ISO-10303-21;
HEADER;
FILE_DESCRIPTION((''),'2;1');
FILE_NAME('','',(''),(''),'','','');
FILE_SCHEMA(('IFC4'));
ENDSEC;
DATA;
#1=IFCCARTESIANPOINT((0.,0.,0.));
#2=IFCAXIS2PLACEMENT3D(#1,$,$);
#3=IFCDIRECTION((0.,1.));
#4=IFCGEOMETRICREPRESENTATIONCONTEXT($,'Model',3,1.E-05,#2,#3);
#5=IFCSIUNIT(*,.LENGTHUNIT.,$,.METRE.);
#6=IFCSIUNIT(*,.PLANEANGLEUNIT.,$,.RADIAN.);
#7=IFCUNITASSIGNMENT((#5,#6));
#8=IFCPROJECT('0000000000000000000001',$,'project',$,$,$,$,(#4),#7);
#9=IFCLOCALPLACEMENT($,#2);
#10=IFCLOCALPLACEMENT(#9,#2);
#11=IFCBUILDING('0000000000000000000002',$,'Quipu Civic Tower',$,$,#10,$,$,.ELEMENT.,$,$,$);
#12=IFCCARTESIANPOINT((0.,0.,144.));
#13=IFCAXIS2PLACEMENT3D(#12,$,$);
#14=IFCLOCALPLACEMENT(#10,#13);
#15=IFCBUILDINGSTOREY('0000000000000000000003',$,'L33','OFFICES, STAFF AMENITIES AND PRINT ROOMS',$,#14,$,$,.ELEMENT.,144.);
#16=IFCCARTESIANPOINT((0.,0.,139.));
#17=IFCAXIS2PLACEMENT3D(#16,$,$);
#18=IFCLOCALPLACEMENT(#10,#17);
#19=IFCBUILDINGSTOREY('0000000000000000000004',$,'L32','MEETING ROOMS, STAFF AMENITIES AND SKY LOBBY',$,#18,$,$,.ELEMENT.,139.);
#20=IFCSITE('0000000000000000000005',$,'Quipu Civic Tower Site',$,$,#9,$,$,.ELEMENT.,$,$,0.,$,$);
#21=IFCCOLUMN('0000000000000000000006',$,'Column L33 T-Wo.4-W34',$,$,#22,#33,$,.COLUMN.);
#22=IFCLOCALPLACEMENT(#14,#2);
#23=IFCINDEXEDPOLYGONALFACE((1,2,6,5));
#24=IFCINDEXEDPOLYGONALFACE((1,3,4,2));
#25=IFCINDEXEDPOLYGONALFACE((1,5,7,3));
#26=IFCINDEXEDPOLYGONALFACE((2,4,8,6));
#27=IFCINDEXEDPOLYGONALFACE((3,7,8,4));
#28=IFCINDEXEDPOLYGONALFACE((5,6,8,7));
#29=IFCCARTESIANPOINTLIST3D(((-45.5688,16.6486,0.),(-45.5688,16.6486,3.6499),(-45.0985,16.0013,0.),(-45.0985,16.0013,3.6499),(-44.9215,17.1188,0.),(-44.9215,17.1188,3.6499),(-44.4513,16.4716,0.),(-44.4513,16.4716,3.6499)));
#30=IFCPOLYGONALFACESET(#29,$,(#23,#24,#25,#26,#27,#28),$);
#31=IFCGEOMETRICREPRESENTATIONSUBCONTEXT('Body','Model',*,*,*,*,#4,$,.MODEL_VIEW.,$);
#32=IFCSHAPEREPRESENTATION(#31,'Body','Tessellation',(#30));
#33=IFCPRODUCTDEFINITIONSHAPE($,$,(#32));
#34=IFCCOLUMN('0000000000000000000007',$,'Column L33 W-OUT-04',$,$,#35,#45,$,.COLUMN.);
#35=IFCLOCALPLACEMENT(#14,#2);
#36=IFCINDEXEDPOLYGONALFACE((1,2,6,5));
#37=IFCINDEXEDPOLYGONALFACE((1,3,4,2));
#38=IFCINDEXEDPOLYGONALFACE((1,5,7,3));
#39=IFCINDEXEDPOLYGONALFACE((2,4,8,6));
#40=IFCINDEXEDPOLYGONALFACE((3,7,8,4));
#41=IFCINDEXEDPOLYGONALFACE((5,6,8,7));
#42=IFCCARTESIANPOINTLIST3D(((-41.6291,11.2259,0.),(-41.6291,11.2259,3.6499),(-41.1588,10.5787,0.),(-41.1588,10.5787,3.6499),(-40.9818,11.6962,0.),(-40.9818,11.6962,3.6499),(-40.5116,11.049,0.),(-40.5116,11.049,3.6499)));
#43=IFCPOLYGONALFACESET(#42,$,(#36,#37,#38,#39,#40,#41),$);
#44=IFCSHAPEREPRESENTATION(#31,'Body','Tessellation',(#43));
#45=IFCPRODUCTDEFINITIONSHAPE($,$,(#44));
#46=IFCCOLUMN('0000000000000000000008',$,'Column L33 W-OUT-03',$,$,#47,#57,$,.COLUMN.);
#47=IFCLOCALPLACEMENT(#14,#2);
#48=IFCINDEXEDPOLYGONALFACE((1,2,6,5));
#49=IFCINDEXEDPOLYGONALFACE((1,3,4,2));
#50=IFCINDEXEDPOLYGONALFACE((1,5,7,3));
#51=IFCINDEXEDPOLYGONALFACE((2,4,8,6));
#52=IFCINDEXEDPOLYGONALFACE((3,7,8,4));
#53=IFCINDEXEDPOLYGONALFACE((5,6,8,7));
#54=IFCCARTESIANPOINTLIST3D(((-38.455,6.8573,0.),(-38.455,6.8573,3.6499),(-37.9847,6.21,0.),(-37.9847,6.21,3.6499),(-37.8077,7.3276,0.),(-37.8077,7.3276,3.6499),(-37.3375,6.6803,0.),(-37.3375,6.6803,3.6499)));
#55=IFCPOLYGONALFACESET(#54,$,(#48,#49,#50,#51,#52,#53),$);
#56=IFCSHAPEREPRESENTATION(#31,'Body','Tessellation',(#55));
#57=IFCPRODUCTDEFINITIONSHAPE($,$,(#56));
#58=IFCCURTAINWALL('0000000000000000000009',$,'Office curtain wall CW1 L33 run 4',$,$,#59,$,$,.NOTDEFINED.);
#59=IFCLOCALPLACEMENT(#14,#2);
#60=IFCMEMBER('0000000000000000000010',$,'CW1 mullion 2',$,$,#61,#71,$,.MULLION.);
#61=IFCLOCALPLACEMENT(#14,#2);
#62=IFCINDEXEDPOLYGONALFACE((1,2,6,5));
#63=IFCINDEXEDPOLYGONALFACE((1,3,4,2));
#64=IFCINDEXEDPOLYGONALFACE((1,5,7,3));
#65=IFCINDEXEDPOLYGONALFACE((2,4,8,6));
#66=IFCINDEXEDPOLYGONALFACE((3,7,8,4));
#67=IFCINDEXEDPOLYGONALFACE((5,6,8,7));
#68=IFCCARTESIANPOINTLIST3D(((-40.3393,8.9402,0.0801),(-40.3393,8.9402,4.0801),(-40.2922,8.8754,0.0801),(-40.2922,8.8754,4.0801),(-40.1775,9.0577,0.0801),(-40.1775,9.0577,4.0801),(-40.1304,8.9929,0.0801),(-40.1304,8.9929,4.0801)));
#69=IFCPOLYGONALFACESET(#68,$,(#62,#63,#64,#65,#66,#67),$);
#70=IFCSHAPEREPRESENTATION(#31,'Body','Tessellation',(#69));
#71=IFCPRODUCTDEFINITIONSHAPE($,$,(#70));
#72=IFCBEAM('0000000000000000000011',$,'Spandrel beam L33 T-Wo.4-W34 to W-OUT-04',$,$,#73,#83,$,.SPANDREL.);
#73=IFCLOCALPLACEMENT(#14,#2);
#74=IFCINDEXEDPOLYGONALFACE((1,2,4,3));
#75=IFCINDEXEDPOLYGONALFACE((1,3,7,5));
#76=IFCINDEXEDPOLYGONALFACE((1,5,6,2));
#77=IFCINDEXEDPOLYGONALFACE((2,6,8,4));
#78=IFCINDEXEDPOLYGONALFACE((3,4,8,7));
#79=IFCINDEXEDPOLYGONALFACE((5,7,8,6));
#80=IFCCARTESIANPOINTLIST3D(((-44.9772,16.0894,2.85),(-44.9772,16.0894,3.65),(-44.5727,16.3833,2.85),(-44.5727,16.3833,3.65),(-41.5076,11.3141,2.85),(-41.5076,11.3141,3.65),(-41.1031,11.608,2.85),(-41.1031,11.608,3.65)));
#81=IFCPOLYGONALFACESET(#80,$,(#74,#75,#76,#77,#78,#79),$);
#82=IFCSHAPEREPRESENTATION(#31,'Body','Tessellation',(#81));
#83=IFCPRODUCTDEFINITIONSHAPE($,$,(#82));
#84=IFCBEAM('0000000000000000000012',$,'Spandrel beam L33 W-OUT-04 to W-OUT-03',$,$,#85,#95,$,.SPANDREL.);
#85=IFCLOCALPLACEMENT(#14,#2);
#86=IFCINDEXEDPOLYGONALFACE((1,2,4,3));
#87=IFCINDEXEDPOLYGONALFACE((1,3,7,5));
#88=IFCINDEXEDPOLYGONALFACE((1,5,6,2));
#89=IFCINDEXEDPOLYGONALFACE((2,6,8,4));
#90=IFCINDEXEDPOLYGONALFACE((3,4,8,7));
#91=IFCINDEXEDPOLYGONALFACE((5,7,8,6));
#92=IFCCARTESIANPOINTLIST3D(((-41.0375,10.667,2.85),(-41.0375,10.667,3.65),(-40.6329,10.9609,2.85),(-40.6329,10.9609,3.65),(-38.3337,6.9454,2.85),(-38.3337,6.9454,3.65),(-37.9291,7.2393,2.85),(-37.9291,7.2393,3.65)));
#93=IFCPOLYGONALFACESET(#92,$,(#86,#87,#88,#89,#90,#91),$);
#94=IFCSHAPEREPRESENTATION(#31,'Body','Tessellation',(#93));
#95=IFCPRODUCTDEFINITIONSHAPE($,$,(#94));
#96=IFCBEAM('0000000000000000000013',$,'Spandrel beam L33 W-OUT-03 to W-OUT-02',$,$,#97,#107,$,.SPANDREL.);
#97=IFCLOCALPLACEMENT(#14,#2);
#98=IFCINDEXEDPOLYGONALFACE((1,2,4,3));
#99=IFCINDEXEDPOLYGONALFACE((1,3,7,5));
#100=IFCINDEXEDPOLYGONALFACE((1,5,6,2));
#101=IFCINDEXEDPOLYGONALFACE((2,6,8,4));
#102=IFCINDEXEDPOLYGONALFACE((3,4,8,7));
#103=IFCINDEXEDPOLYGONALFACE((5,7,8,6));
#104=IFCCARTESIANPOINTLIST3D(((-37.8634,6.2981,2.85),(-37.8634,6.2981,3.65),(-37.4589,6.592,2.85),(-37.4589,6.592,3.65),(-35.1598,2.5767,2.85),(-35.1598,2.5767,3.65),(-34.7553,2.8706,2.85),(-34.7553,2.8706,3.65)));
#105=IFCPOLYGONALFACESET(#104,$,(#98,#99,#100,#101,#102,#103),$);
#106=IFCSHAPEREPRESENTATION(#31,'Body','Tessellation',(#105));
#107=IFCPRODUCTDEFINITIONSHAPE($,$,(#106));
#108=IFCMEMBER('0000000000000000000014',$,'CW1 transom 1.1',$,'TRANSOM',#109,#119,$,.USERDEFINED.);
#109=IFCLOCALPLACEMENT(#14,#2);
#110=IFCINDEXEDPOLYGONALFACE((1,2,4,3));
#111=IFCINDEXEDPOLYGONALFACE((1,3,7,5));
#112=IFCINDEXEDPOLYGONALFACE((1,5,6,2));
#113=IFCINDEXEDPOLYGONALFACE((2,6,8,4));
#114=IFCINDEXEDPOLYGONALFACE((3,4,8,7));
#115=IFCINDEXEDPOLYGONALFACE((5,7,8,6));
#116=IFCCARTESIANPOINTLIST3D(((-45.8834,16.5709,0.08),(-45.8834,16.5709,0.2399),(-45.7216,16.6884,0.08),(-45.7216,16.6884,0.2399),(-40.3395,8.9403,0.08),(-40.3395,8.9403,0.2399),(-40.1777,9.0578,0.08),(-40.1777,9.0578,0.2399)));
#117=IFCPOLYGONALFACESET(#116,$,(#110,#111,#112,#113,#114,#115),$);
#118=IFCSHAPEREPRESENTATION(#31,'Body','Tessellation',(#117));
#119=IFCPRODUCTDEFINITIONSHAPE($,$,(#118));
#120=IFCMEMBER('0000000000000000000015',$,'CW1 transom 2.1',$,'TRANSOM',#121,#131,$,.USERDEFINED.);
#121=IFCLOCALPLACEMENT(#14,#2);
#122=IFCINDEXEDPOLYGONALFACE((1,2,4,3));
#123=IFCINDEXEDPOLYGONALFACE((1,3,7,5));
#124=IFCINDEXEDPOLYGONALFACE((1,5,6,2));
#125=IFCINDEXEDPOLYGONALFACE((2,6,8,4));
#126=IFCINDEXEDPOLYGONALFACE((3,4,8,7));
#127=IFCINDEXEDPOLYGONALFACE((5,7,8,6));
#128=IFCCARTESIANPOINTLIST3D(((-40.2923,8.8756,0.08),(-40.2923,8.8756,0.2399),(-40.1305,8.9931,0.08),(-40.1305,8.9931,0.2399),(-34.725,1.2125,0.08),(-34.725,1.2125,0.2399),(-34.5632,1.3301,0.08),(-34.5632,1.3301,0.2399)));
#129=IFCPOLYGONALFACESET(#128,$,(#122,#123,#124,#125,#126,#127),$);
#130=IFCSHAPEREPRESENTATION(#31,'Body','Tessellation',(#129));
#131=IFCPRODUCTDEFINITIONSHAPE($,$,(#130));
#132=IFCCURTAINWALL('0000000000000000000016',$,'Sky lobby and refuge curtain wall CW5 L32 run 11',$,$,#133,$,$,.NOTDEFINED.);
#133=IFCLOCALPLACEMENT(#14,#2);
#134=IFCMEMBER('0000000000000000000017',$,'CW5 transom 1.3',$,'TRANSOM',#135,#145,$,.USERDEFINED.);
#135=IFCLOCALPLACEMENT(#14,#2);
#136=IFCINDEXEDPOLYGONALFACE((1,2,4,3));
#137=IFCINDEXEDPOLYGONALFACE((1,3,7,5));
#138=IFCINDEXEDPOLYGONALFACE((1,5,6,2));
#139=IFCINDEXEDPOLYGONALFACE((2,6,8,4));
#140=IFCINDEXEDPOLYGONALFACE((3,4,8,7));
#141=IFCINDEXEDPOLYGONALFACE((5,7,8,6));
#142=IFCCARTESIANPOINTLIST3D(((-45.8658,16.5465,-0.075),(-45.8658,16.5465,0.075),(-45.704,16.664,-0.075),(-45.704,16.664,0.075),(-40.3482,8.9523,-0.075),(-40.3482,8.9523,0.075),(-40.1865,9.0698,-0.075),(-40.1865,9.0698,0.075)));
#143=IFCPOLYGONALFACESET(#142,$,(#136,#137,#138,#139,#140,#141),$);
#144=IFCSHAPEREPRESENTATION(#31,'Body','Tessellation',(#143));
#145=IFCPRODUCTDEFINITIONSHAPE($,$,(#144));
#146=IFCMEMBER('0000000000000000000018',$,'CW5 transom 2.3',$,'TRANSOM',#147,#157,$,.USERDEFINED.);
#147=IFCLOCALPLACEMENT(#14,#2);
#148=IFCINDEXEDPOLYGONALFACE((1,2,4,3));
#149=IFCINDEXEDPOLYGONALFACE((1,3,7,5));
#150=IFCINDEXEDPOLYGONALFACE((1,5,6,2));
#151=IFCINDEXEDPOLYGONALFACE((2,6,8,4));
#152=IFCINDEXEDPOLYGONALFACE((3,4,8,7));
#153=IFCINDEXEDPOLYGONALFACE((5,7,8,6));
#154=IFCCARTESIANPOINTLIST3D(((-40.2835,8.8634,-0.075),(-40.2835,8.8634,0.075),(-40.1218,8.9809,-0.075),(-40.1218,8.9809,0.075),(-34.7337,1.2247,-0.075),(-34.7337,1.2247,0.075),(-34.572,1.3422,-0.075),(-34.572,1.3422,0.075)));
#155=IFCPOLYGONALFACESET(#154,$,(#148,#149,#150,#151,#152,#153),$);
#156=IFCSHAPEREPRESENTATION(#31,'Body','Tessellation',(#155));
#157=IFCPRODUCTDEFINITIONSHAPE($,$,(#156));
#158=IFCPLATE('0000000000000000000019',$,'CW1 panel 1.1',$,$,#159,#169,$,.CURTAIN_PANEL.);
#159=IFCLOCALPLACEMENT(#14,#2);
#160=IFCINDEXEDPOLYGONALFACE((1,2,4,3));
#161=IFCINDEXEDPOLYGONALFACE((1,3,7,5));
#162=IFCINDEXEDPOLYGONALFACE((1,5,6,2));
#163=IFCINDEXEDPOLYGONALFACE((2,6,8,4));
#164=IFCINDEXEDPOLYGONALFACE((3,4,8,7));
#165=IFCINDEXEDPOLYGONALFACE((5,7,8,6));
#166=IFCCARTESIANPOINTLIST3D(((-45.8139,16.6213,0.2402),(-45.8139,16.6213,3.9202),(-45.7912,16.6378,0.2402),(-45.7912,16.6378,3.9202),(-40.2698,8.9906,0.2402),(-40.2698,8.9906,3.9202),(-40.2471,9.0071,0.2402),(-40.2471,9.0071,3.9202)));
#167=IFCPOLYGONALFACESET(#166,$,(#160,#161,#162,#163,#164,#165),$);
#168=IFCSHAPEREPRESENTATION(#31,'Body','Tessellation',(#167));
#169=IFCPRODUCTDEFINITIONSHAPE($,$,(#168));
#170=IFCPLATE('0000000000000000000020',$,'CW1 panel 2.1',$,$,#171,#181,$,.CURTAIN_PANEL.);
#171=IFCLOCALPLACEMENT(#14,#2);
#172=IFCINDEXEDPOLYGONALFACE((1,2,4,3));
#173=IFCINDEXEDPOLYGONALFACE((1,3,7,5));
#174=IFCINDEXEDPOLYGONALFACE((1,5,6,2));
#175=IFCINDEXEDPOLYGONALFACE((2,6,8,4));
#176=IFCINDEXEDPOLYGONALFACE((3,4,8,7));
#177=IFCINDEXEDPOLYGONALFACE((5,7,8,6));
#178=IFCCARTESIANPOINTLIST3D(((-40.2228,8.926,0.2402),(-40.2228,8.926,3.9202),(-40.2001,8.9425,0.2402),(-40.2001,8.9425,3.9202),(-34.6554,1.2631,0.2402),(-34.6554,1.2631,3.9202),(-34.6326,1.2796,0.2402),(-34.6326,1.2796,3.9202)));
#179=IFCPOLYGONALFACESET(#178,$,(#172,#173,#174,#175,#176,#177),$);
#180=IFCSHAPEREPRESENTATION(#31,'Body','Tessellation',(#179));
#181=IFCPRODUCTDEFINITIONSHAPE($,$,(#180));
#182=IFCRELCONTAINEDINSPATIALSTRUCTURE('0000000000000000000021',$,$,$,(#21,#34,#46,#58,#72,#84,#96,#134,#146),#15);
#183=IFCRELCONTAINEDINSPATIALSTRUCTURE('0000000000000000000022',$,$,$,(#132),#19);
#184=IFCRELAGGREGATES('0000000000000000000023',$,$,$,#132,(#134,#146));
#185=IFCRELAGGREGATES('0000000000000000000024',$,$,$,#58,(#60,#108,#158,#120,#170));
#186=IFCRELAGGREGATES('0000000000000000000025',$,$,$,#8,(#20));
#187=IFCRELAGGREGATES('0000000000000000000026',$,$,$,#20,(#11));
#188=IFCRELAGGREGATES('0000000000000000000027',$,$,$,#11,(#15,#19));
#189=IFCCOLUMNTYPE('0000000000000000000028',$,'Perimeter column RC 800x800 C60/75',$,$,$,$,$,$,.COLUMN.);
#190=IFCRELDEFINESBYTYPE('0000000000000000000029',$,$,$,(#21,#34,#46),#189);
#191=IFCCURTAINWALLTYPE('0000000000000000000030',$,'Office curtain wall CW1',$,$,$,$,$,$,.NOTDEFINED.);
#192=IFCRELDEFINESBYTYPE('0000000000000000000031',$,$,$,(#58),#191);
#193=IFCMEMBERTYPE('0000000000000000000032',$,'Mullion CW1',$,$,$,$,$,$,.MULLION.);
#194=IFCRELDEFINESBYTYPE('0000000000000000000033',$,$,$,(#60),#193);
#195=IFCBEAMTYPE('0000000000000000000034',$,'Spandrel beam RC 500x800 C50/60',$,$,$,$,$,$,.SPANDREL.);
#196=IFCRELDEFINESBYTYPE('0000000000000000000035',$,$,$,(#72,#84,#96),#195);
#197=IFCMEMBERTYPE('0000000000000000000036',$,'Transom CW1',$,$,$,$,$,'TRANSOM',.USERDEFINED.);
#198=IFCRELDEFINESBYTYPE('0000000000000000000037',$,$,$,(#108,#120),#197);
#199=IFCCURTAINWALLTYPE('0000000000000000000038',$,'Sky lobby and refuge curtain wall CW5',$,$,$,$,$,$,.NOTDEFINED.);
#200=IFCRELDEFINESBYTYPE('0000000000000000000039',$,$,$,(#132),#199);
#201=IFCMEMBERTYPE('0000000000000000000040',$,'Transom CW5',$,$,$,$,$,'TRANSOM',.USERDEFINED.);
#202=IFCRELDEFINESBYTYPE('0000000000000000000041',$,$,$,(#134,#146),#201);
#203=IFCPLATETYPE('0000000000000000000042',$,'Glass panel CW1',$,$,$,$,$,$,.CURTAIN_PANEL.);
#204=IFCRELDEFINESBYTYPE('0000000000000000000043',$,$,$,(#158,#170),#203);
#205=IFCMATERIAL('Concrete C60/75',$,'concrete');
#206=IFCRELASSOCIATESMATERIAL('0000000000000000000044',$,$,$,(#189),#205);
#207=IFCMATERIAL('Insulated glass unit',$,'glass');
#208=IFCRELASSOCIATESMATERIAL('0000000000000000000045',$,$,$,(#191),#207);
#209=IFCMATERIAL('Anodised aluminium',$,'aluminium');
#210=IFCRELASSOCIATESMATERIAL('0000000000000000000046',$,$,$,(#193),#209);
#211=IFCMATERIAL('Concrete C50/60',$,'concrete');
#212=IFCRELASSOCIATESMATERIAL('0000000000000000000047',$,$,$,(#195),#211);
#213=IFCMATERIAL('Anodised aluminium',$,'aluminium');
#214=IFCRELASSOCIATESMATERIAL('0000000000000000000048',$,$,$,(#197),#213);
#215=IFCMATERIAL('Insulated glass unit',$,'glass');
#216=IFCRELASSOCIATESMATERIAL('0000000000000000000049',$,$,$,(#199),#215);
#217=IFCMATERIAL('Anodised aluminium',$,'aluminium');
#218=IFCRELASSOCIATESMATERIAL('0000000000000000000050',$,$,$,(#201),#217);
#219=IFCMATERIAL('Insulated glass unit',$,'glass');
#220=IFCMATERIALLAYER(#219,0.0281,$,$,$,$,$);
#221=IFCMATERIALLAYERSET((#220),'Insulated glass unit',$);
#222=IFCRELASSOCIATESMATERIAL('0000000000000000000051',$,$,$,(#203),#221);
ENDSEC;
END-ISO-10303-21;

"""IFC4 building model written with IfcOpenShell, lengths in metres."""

from ifc_helpers import new_model, si_unit, direction, frame, origin, origin_2d, place, context, subcontext, project, spatial, rectangle, extrude, material, layer, layer_set, material_profile, profile_set, type_object, element, aggregate, save


model = new_model("IFC4")

# Units and contexts
model_context = context("Model", 3, precision=1e-05, world=origin(), true_north=direction((0.0, 1.0)))
body_context = subcontext(model_context, "Body", "Model", "MODEL_VIEW")
ifc_project = project(units=[si_unit("LENGTHUNIT", "METRE"), si_unit("PLANEANGLEUNIT", "RADIAN")], contexts=[model_context])

# Site, building, storey
site_placement = place(None, origin())
site = spatial("IfcSite", under=ifc_project, at=site_placement, Name="Quipu Civic Tower Site", CompositionType="ELEMENT", RefElevation=0.0)
building_placement = place(site_placement, origin())
building = spatial("IfcBuilding", under=site, at=building_placement, Name="Quipu Civic Tower", CompositionType="ELEMENT")
storey_1_placement = place(building_placement, frame((0.0, 0.0, 144.0)))
storey_1 = spatial("IfcBuildingStorey", under=building, at=storey_1_placement, Name="L33", Description="OFFICES, STAFF AMENITIES AND PRINT ROOMS", CompositionType="ELEMENT", Elevation=144.0)

# Columns
ifc_material_1 = material(Name="Concrete C60/75", Category="concrete")
ifc_material_profile_1 = material_profile(ifc_material_1, rectangle(XDim=0.8, YDim=0.8, at=origin_2d()), Name="RC800x800")
ifc_profile_set_1 = profile_set([ifc_material_profile_1], Name="Concrete C60/75")
column_type = type_object("IfcColumnType", Name="Perimeter column RC 800x800 C60/75", PredefinedType="COLUMN", material=ifc_profile_set_1)
for number, where, z_axis, x_axis, name in (
    (1, (-45.01, 16.5601, 0.0), (0.0, 0.0, 1.0), (0.587785, -0.809017, 0.0), "Column L33 T-Wo.4-W34"),
    (2, (-41.0703, 11.1375, 0.0), (0.0, 0.0, 1.0), (0.587785, -0.809017, 0.0), "Column L33 W-OUT-04"),
    (3, (-37.8962, 6.7688, 0.0), (0.0, 0.0, 1.0), (0.587785, -0.809017, 0.0), "Column L33 W-OUT-03"),
):
    element("IfcColumn", number, at=place(storey_1_placement, frame(where, z_axis=z_axis, x_axis=x_axis)), inside=storey_1, type_object=column_type, Name=name, PredefinedType="COLUMN", context=body_context, shape_type="SweptSolid", body=[
        extrude(rectangle(XDim=0.8, YDim=0.8, at=origin_2d()), origin(), (0.0, 0.0, 1.0), 3.6499),
    ])

# Curtain wall, member
ifc_material_2 = material(Name="Insulated glass unit", Category="glass")
curtain_wall_type_1 = type_object("IfcCurtainWallType", Name="Office curtain wall CW1", PredefinedType="NOTDEFINED", material=ifc_material_2)
curtain_wall_1_placement = place(storey_1_placement, origin())
curtain_wall_1 = element("IfcCurtainWall", 4, at=curtain_wall_1_placement, inside=storey_1, type_object=curtain_wall_type_1, Name="Office curtain wall CW1 L33 run 4", PredefinedType="NOTDEFINED")
ifc_material_3 = material(Name="Anodised aluminium", Category="aluminium")
ifc_material_profile_2 = material_profile(ifc_material_3, rectangle(XDim=0.2, YDim=0.0801, at=origin_2d()), Name="RECT 200x80")
ifc_profile_set_2 = profile_set([ifc_material_profile_2], Name="Anodised aluminium")
member_type_1 = type_object("IfcMemberType", Name="Mullion CW1", PredefinedType="MULLION", material=ifc_profile_set_2)
member_1_placement = place(storey_1_placement, frame((-40.2349, 8.9666, 0.0801), z_axis=(0.0, 0.0, 1.0), x_axis=(0.809017, 0.587786, 0.0)))
member_1 = element("IfcMember", 5, at=member_1_placement, type_object=member_type_1, Name="CW1 mullion 2", PredefinedType="MULLION", context=body_context, shape_type="SweptSolid", body=[
    extrude(rectangle(XDim=0.2, YDim=0.0801, at=origin_2d()), origin(), (0.0, 0.0, 1.0), 4.0),
])

# Beams
ifc_material_4 = material(Name="Concrete C50/60", Category="concrete")
ifc_material_profile_3 = material_profile(ifc_material_4, rectangle(XDim=0.5, YDim=0.8, at=origin_2d()), Name="RC500x800")
ifc_profile_set_3 = profile_set([ifc_material_profile_3], Name="Concrete C50/60")
beam_type = type_object("IfcBeamType", Name="Spandrel beam RC 500x800 C50/60", PredefinedType="SPANDREL", material=ifc_profile_set_3)
beam_1_placement = place(storey_1_placement, frame((-44.7749, 16.2363, 3.25), z_axis=(0.5878, -0.809006, 0.0), x_axis=(0.809006, 0.5878, 0.0)))
element("IfcBeam", 6, at=beam_1_placement, inside=storey_1, type_object=beam_type, Name="Spandrel beam L33 T-Wo.4-W34 to W-OUT-04", PredefinedType="SPANDREL", context=body_context, shape_type="SweptSolid", body=[
    extrude(rectangle(XDim=0.5, YDim=0.8, at=origin_2d()), origin(), (0.0, 0.0, 1.0), 5.9026),
])
beam_2_placement = place(storey_1_placement, frame((-40.8352, 10.814, 3.25), z_axis=(0.587771, -0.809027, 0.0), x_axis=(0.809027, 0.587771, 0.0)))
element("IfcBeam", 7, at=beam_2_placement, inside=storey_1, type_object=beam_type, Name="Spandrel beam L33 W-OUT-04 to W-OUT-03", PredefinedType="SPANDREL", context=body_context, shape_type="SweptSolid", body=[
    extrude(rectangle(XDim=0.5, YDim=0.8, at=origin_2d()), origin(), (0.0, 0.0, 1.0), 4.6001),
])
beam_3_placement = place(storey_1_placement, frame((-37.6611, 6.4451, 3.25), z_axis=(0.587761, -0.809034, 0.0), x_axis=(0.809034, 0.587761, 0.0)))
element("IfcBeam", 8, at=beam_3_placement, inside=storey_1, type_object=beam_type, Name="Spandrel beam L33 W-OUT-03 to W-OUT-02", PredefinedType="SPANDREL", context=body_context, shape_type="SweptSolid", body=[
    extrude(rectangle(XDim=0.5, YDim=0.8, at=origin_2d()), origin(), (0.0, 0.0, 1.0), 4.5999),
])

# Members
ifc_material_5 = material(Name="Anodised aluminium", Category="aluminium")
ifc_material_profile_4 = material_profile(ifc_material_5, rectangle(XDim=0.2, YDim=0.1599, at=origin_2d()), Name="RECT 200x160")
ifc_profile_set_4 = profile_set([ifc_material_profile_4], Name="Anodised aluminium")
member_type_2 = type_object("IfcMemberType", Name="Transom CW1", ElementType="TRANSOM", PredefinedType="USERDEFINED", material=ifc_profile_set_4)
member_2_placement = place(storey_1_placement, frame((-45.8025, 16.6296, 0.1599), z_axis=(0.587784, -0.809018, 0.0), x_axis=(0.809018, 0.587784, 0.0)))
member_2 = element("IfcMember", 9, at=member_2_placement, type_object=member_type_2, Name="CW1 transom 1.1", ObjectType="TRANSOM", PredefinedType="USERDEFINED", context=body_context, shape_type="SweptSolid", body=[
    extrude(rectangle(XDim=0.2, YDim=0.1599, at=origin_2d()), origin(), (0.0, 0.0, 1.0), 9.4319),
])
member_3_placement = place(storey_1_placement, frame((-40.2114, 8.9343, 0.1599), z_axis=(0.587773, -0.809026, 0.0), x_axis=(0.809026, 0.587773, 0.0)))
member_3 = element("IfcMember", 10, at=member_3_placement, type_object=member_type_2, Name="CW1 transom 2.1", ObjectType="TRANSOM", PredefinedType="USERDEFINED", context=body_context, shape_type="SweptSolid", body=[
    extrude(rectangle(XDim=0.2, YDim=0.1599, at=origin_2d()), origin(), (0.0, 0.0, 1.0), 9.4719),
])

# Shared definitions
storey_2_placement = place(building_placement, frame((0.0, 0.0, 139.0)))
storey_2 = spatial("IfcBuildingStorey", under=building, at=storey_2_placement, Name="L32", Description="MEETING ROOMS, STAFF AMENITIES AND SKY LOBBY", CompositionType="ELEMENT", Elevation=139.0)

# Curtain wall, members
ifc_material_6 = material(Name="Insulated glass unit", Category="glass")
curtain_wall_type_2 = type_object("IfcCurtainWallType", Name="Sky lobby and refuge curtain wall CW5", PredefinedType="NOTDEFINED", material=ifc_material_6)
curtain_wall_2_placement = place(storey_2_placement, origin())
curtain_wall_2 = element("IfcCurtainWall", 11, at=curtain_wall_2_placement, inside=storey_2, type_object=curtain_wall_type_2, Name="Sky lobby and refuge curtain wall CW5 L32 run 11", PredefinedType="NOTDEFINED")
ifc_material_7 = material(Name="Anodised aluminium", Category="aluminium")
ifc_material_profile_5 = material_profile(ifc_material_7, rectangle(XDim=0.2, YDim=0.1499, at=origin_2d()), Name="RECT 200x150")
ifc_profile_set_5 = profile_set([ifc_material_profile_5], Name="Anodised aluminium")
member_type_3 = type_object("IfcMemberType", Name="Transom CW5", ElementType="TRANSOM", PredefinedType="USERDEFINED", material=ifc_profile_set_5)
member_4_placement = place(storey_1_placement, frame((-45.7849, 16.6052, 0.0), z_axis=(0.587788, -0.809015, 0.0), x_axis=(0.809015, 0.587788, 0.0)))
member_4 = element("IfcMember", 12, at=member_4_placement, inside=storey_1, type_object=member_type_3, Name="CW5 transom 1.3", ObjectType="TRANSOM", PredefinedType="USERDEFINED", context=body_context, shape_type="SweptSolid", body=[
    extrude(rectangle(XDim=0.2, YDim=0.1499, at=origin_2d()), origin(), (0.0, 0.0, 1.0), 9.387),
])
member_5_placement = place(storey_1_placement, frame((-40.2026, 8.9221, 0.0), z_axis=(0.587784, -0.809018, 0.0), x_axis=(0.809018, 0.587784, 0.0)))
member_5 = element("IfcMember", 13, at=member_5_placement, inside=storey_1, type_object=member_type_3, Name="CW5 transom 2.3", ObjectType="TRANSOM", PredefinedType="USERDEFINED", context=body_context, shape_type="SweptSolid", body=[
    extrude(rectangle(XDim=0.2, YDim=0.1499, at=origin_2d()), origin(), (0.0, 0.0, 1.0), 9.4419),
])
aggregate(curtain_wall_2, [member_4, member_5])

# Plates
ifc_material_8 = material(Name="Insulated glass unit", Category="glass")
ifc_layer_1 = layer(ifc_material_8, 0.0281)
ifc_layer_set_1 = layer_set([ifc_layer_1], Name="Insulated glass unit")
plate_type_1 = type_object("IfcPlateType", Name="Glass panel CW1", PredefinedType="CURTAIN_PANEL", material=ifc_layer_set_1)
plate_1_placement = place(storey_1_placement, frame((-43.0305, 12.8142, 0.2402), z_axis=(0.0, 0.0, 1.0), x_axis=(0.587786, -0.809017, 0.0)))
plate_1 = element("IfcPlate", 14, at=plate_1_placement, type_object=plate_type_1, Name="CW1 panel 1.1", PredefinedType="CURTAIN_PANEL", context=body_context, shape_type="SweptSolid", body=[
    extrude(rectangle(XDim=9.4321, YDim=0.0281, at=origin_2d()), origin(), (0.0, 0.0, 1.0), 3.6799),
])
plate_2_placement = place(storey_1_placement, frame((-37.4277, 5.1028, 0.2402), z_axis=(0.0, 0.0, 1.0), x_axis=(0.587786, -0.809017, 0.0)))
plate_2 = element("IfcPlate", 15, at=plate_2_placement, type_object=plate_type_1, Name="CW1 panel 2.1", PredefinedType="CURTAIN_PANEL", context=body_context, shape_type="SweptSolid", body=[
    extrude(rectangle(XDim=9.4719, YDim=0.0281, at=origin_2d()), origin(), (0.0, 0.0, 1.0), 3.6799),
])
aggregate(curtain_wall_1, [member_1, member_2, plate_1, member_3, plate_2])

save(model, "model.ifc")
